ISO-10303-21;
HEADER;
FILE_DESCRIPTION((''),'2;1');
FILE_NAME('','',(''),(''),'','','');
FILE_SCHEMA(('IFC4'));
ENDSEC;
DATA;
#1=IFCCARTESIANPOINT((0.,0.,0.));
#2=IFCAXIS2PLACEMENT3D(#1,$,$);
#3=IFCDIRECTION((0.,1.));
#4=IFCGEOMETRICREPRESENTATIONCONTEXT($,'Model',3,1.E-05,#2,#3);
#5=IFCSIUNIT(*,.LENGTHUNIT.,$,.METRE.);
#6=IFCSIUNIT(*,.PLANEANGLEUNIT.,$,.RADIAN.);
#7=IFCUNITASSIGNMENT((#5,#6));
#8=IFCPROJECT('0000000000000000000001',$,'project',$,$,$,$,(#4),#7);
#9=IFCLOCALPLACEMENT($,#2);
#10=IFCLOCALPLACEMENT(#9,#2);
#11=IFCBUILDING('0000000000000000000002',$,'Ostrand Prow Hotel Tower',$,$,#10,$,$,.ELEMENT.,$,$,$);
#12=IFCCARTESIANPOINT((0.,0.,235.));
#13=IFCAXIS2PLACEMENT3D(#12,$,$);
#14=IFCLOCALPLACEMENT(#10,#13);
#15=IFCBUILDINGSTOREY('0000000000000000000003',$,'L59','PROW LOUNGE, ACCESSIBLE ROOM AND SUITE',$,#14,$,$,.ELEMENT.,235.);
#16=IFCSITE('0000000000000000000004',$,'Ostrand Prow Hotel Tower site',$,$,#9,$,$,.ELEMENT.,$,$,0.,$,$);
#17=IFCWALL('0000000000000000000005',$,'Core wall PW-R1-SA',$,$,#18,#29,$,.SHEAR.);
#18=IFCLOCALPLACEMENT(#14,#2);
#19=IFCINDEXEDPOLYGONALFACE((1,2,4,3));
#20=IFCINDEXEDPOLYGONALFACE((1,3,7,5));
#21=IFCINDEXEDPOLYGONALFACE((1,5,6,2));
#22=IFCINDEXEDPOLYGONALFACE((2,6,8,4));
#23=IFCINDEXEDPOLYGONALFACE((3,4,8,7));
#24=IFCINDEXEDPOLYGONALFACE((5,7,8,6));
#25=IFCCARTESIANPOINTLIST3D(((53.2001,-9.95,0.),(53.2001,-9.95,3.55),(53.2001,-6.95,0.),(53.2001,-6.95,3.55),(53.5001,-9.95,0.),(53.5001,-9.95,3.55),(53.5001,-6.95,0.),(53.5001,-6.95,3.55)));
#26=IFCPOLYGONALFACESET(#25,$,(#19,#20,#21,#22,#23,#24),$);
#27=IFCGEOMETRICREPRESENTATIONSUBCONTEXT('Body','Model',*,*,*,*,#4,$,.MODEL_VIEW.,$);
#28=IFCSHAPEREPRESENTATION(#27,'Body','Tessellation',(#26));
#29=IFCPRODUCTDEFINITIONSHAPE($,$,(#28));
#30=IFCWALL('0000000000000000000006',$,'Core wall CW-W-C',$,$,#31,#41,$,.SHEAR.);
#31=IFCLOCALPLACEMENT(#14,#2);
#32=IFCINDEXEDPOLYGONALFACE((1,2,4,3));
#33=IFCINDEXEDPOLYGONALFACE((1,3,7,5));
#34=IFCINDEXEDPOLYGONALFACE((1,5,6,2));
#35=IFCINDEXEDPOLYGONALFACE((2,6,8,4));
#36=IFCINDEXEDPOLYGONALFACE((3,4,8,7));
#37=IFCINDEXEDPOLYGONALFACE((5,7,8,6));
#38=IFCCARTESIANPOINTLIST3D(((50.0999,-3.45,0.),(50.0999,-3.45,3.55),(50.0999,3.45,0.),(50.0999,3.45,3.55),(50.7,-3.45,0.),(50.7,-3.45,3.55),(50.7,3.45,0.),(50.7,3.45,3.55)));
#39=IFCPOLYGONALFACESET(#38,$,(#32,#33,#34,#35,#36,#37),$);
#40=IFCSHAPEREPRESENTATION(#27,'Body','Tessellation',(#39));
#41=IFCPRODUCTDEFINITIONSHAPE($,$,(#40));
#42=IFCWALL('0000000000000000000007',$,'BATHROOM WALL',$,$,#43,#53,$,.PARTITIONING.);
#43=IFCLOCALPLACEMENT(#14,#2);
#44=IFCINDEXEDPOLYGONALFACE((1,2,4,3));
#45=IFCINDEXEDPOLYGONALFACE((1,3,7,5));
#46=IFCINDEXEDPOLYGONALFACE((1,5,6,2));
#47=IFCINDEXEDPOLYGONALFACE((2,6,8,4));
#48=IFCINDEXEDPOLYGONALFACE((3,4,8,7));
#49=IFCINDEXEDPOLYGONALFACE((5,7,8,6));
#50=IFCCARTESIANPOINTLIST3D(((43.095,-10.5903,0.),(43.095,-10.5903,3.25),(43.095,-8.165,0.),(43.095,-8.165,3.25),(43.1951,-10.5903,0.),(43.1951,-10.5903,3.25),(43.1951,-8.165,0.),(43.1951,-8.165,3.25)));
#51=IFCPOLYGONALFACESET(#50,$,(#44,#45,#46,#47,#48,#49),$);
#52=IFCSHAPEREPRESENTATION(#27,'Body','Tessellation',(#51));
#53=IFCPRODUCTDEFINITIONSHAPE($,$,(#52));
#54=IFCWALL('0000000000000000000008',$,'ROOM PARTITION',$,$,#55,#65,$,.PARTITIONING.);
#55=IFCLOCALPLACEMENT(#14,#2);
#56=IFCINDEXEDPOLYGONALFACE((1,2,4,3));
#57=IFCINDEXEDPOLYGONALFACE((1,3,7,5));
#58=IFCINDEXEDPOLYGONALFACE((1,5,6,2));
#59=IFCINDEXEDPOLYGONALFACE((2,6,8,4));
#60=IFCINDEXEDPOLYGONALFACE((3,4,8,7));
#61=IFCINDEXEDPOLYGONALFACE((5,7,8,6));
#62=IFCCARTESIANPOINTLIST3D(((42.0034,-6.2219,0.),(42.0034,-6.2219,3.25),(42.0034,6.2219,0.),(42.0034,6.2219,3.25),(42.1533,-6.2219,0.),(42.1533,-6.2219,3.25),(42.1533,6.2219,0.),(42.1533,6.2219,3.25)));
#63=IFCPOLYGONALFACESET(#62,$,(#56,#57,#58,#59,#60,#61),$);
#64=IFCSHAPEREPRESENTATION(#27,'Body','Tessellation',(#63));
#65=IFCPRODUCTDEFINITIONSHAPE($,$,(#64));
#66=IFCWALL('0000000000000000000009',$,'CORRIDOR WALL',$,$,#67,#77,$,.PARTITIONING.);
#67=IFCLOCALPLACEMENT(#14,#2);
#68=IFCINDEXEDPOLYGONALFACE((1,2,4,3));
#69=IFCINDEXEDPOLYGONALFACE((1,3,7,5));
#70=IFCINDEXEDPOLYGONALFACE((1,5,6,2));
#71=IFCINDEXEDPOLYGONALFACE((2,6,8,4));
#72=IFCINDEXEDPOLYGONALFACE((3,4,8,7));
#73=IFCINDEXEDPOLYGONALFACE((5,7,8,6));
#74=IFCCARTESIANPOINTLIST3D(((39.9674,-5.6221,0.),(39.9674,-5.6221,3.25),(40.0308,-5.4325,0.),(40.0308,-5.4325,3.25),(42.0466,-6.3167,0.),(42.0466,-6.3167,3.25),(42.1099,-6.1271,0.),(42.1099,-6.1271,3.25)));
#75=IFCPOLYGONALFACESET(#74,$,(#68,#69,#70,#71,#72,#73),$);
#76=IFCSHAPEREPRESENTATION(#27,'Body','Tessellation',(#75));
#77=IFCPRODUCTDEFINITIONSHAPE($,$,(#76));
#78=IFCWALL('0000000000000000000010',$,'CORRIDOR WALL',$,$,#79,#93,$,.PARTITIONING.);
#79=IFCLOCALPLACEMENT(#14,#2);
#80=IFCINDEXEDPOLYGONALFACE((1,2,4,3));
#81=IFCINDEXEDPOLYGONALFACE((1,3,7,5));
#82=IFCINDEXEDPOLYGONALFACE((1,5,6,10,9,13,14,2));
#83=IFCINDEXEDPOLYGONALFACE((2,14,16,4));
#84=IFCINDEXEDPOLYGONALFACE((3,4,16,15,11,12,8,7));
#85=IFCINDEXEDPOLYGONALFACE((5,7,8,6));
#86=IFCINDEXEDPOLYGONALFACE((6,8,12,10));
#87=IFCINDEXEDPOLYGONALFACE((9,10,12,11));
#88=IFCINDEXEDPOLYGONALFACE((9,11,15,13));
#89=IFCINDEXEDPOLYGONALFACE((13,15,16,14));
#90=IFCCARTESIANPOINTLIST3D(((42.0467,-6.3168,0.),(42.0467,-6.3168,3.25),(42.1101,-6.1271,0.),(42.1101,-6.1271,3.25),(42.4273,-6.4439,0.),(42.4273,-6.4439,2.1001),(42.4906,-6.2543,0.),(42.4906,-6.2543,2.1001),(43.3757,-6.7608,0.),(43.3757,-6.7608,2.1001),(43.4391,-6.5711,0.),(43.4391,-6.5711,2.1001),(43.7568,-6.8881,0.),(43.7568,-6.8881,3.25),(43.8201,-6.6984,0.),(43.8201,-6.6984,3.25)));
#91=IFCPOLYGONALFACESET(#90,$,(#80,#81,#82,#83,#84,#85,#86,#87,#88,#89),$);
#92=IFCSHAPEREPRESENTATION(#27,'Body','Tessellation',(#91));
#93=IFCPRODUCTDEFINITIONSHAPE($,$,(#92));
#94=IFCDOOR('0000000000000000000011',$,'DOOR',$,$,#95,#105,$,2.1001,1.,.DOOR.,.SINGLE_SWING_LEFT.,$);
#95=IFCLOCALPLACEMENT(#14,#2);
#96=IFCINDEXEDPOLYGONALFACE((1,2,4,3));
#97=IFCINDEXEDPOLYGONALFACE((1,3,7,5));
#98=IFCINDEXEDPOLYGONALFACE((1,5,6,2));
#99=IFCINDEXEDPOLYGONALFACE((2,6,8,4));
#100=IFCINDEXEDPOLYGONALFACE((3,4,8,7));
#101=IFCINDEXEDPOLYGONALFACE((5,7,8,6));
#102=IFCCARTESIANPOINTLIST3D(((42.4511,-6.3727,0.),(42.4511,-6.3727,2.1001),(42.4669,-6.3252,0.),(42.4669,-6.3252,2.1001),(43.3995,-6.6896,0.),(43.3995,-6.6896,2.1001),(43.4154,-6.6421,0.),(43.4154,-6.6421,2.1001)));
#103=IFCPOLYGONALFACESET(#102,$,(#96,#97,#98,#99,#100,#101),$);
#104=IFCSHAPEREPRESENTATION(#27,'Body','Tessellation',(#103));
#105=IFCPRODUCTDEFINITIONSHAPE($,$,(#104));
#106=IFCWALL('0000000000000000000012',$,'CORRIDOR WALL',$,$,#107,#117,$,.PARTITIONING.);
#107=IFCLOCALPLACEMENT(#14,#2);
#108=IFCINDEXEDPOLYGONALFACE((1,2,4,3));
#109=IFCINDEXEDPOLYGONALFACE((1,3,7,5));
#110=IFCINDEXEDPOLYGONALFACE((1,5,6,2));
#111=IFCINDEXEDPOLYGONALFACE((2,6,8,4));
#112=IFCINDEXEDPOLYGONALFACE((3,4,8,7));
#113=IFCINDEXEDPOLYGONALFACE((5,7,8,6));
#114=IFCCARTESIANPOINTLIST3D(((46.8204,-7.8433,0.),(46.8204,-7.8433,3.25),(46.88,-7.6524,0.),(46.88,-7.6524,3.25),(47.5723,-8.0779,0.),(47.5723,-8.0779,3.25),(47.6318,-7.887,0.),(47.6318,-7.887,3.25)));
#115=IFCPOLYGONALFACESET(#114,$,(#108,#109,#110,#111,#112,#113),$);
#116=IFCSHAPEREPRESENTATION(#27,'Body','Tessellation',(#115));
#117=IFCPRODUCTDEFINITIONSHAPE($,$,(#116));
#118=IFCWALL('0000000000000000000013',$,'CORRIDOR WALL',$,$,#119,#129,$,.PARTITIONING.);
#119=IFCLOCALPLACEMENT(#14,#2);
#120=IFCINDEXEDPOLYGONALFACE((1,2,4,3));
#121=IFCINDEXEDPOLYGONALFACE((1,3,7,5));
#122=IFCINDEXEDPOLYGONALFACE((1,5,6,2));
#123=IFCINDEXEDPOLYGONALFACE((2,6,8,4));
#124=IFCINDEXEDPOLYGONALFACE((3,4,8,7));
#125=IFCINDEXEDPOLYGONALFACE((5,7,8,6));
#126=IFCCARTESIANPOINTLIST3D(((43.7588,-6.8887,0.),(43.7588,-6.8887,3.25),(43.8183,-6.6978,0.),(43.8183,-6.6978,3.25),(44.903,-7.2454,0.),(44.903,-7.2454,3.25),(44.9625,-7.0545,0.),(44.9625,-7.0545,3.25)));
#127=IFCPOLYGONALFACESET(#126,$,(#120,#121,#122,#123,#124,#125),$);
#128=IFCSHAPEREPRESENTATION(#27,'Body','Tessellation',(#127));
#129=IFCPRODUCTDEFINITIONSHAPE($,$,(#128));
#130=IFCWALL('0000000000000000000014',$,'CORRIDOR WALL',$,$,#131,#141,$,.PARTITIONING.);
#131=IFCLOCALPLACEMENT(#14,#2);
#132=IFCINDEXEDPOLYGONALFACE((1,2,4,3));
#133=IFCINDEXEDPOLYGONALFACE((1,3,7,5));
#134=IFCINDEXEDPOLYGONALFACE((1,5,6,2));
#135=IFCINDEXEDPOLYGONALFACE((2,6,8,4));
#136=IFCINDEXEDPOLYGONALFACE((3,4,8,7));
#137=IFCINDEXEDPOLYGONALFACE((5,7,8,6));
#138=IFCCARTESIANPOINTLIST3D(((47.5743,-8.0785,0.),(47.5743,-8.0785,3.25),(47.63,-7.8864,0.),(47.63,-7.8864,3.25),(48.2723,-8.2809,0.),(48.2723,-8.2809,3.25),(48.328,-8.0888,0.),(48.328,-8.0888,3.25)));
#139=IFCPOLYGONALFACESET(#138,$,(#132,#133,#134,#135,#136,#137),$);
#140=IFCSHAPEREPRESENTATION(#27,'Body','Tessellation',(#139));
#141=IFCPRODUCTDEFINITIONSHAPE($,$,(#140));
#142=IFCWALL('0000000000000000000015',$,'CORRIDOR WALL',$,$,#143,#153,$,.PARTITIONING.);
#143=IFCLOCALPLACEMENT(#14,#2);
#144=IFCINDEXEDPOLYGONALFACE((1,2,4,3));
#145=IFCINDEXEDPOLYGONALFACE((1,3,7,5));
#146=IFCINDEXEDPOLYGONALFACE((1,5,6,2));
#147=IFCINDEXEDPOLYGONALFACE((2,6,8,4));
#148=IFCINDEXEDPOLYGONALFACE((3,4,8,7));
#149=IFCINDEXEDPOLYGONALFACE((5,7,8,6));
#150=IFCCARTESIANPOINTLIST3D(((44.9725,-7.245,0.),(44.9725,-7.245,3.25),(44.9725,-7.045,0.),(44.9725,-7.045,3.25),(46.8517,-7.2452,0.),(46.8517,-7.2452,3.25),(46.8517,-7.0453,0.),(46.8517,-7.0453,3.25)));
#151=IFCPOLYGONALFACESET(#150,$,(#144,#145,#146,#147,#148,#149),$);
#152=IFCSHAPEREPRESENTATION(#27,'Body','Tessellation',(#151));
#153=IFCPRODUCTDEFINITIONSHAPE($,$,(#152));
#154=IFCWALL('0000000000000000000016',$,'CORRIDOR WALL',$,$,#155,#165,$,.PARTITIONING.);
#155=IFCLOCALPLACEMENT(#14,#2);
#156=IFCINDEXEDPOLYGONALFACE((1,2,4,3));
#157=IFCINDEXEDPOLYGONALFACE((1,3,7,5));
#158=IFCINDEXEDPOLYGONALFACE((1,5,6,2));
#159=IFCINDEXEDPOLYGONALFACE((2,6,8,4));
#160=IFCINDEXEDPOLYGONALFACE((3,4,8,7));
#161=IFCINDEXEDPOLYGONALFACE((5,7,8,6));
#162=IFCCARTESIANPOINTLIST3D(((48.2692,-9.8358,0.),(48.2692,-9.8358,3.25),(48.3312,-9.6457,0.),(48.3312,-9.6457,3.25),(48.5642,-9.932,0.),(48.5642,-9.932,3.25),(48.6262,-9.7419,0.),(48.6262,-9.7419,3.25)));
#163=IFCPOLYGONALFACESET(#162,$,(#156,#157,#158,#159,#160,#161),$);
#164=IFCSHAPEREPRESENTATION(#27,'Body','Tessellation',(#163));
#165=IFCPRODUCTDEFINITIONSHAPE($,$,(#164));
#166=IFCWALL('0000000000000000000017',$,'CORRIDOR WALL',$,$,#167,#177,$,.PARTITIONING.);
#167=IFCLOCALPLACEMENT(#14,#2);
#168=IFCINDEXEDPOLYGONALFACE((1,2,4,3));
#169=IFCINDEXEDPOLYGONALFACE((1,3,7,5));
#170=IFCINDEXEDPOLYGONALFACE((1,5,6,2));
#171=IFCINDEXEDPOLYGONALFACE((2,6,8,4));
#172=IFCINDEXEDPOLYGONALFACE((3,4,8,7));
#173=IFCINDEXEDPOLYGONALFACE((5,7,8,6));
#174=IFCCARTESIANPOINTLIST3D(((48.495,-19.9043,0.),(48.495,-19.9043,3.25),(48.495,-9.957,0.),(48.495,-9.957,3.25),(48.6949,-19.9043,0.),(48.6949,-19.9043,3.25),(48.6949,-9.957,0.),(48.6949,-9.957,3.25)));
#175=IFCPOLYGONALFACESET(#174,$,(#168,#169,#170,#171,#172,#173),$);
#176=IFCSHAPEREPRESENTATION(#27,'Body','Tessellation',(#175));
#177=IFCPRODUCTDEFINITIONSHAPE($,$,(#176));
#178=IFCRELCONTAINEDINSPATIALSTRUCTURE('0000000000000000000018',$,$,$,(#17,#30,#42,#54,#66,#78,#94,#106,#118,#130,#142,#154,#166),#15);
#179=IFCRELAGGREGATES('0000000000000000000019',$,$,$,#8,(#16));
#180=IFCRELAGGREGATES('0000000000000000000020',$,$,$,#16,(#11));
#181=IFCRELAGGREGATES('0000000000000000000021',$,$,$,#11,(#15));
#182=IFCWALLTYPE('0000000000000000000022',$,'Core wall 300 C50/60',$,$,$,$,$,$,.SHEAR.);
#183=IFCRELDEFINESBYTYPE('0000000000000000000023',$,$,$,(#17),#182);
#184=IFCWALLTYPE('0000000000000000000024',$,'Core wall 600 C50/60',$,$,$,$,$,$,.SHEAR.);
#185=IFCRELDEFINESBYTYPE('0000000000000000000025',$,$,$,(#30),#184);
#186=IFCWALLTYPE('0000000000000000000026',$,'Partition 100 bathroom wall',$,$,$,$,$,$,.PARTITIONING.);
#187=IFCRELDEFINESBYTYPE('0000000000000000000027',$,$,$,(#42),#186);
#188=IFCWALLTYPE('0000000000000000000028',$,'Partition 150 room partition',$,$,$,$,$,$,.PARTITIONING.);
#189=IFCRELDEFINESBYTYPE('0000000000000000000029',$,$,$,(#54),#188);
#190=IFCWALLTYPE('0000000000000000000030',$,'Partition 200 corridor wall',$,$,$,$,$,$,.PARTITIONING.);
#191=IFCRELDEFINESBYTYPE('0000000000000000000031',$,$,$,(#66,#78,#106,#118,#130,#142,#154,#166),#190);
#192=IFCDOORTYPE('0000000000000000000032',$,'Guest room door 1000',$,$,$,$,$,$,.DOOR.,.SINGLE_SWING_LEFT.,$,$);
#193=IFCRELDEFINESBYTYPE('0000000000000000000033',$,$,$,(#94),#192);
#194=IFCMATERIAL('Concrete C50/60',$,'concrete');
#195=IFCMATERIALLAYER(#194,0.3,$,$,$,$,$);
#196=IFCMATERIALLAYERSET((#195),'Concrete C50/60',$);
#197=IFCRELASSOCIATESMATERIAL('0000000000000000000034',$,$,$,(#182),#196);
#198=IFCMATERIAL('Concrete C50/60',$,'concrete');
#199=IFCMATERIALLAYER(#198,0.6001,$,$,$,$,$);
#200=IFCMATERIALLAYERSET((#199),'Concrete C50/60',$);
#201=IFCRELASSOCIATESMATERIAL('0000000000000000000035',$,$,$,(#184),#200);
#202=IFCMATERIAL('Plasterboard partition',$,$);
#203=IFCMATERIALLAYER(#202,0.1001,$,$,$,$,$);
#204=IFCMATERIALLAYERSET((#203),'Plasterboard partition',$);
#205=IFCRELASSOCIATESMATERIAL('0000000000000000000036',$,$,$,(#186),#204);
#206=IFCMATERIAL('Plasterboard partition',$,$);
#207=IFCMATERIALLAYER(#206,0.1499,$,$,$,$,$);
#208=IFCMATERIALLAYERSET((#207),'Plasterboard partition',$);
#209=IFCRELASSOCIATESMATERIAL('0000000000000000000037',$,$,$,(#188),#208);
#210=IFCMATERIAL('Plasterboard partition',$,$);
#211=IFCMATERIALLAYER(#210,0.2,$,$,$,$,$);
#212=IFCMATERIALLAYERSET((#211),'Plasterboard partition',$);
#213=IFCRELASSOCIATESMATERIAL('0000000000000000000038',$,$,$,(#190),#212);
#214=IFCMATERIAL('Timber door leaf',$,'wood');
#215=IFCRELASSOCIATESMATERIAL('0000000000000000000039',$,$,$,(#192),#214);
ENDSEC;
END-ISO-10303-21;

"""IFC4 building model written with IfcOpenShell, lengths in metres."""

from ifc_helpers import new_model, si_unit, direction, frame, frame_2d, origin, place, context, subcontext, project, spatial, rectangle, extrude, material, layer, layer_set, type_object, element, fill, save


model = new_model("IFC4")

# Units and contexts
model_context = context("Model", 3, precision=1e-05, world=origin(), true_north=direction((0.0, 1.0)))
body_context = subcontext(model_context, "Body", "Model", "MODEL_VIEW")
ifc_project = project(units=[si_unit("LENGTHUNIT", "METRE"), si_unit("PLANEANGLEUNIT", "RADIAN")], contexts=[model_context])

# Site, building, storey
site_placement = place(None, origin())
site = spatial("IfcSite", under=ifc_project, at=site_placement, Name="Ostrand Prow Hotel Tower site", CompositionType="ELEMENT", RefElevation=0.0)
building_placement = place(site_placement, origin())
building = spatial("IfcBuilding", under=site, at=building_placement, Name="Ostrand Prow Hotel Tower", CompositionType="ELEMENT")
storey_placement = place(building_placement, frame((0.0, 0.0, 235.0)))
storey = spatial("IfcBuildingStorey", under=building, at=storey_placement, Name="L59", Description="PROW LOUNGE, ACCESSIBLE ROOM AND SUITE", CompositionType="ELEMENT", Elevation=235.0)

# Shared definitions
ifc_material_1 = material(Name="Concrete C50/60", Category="concrete")
ifc_layer_1 = layer(ifc_material_1, 0.3)
ifc_layer_set_1 = layer_set([ifc_layer_1], Name="Concrete C50/60")
wall_type_1 = type_object("IfcWallType", Name="Core wall 300 C50/60", PredefinedType="SHEAR", material=ifc_layer_set_1)

# Walls
for number, where, z_axis, x_axis, name in (
    (1, (53.3501, -9.95, 0.0), (0.0, 0.0, 1.0), (0.0, 1.0, 0.0), "Core wall PW-R1-SA"),
):
    element("IfcWall", number, at=place(storey_placement, frame(where, z_axis=z_axis, x_axis=x_axis)), inside=storey, type_object=wall_type_1, Name=name, PredefinedType="SHEAR", context=body_context, shape_type="SweptSolid", body=[
        extrude(rectangle(XDim=3.0, YDim=0.3, at=frame_2d((1.5, 0.0))), origin(), (0.0, 0.0, 1.0), 3.55),
    ])
ifc_material_2 = material(Name="Concrete C50/60", Category="concrete")
ifc_layer_2 = layer(ifc_material_2, 0.6001)
ifc_layer_set_2 = layer_set([ifc_layer_2], Name="Concrete C50/60")
wall_type_2 = type_object("IfcWallType", Name="Core wall 600 C50/60", PredefinedType="SHEAR", material=ifc_layer_set_2)
wall_1_placement = place(storey_placement, frame((50.3999, -3.45, 0.0), z_axis=(0.0, 0.0, 1.0), x_axis=(0.0, 1.0, 0.0)))
element("IfcWall", 2, at=wall_1_placement, inside=storey, type_object=wall_type_2, Name="Core wall CW-W-C", PredefinedType="SHEAR", context=body_context, shape_type="SweptSolid", body=[
    extrude(rectangle(XDim=6.8999, YDim=0.6001, at=frame_2d((3.45, 0.0))), origin(), (0.0, 0.0, 1.0), 3.55),
])
ifc_material_3 = material(Name="Plasterboard partition")
ifc_layer_3 = layer(ifc_material_3, 0.1001)
ifc_layer_set_3 = layer_set([ifc_layer_3], Name="Plasterboard partition")
wall_type_3 = type_object("IfcWallType", Name="Partition 100 bathroom wall", PredefinedType="PARTITIONING", material=ifc_layer_set_3)
wall_2_placement = place(storey_placement, frame((43.145, -8.165, 0.0), z_axis=(0.0, 0.0, 1.0), x_axis=(0.0, -1.0, 0.0)))
element("IfcWall", 3, at=wall_2_placement, inside=storey, type_object=wall_type_3, Name="BATHROOM WALL", PredefinedType="PARTITIONING", context=body_context, shape_type="SweptSolid", body=[
    extrude(rectangle(XDim=2.4253, YDim=0.1001, at=frame_2d((1.2126, 0.0))), origin(), (0.0, 0.0, 1.0), 3.25),
])
ifc_material_4 = material(Name="Plasterboard partition")
ifc_layer_4 = layer(ifc_material_4, 0.1499)
ifc_layer_set_4 = layer_set([ifc_layer_4], Name="Plasterboard partition")
wall_type_4 = type_object("IfcWallType", Name="Partition 150 room partition", PredefinedType="PARTITIONING", material=ifc_layer_set_4)
wall_3_placement = place(storey_placement, frame((42.0784, -6.2219, 0.0), z_axis=(0.0, 0.0, 1.0), x_axis=(0.0, 1.0, 0.0)))
element("IfcWall", 4, at=wall_3_placement, inside=storey, type_object=wall_type_4, Name="ROOM PARTITION", PredefinedType="PARTITIONING", context=body_context, shape_type="SweptSolid", body=[
    extrude(rectangle(XDim=12.4438, YDim=0.1499, at=frame_2d((6.2219, 0.0))), origin(), (0.0, 0.0, 1.0), 3.25),
])
ifc_material_5 = material(Name="Plasterboard partition")
ifc_layer_5 = layer(ifc_material_5, 0.2)
ifc_layer_set_5 = layer_set([ifc_layer_5], Name="Plasterboard partition")
wall_type_5 = type_object("IfcWallType", Name="Partition 200 corridor wall", PredefinedType="PARTITIONING", material=ifc_layer_set_5)
wall_4_placement = place(storey_placement, frame((42.0784, -6.2219, 0.0), z_axis=(0.0, 0.0, 1.0), x_axis=(-0.948471, 0.316863, 0.0)))
element("IfcWall", 5, at=wall_4_placement, inside=storey, type_object=wall_type_5, Name="CORRIDOR WALL", PredefinedType="PARTITIONING", context=body_context, shape_type="SweptSolid", body=[
    extrude(rectangle(XDim=2.1921, YDim=0.2, at=frame_2d((1.0962, 0.0))), origin(), (0.0, 0.0, 1.0), 3.25),
])

# Wall, opening, door
wall_5_placement = place(storey_placement, frame((43.7883, -6.7932, 0.0), z_axis=(0.0, 0.0, 1.0), x_axis=(-0.948466, 0.316878, 0.0)))
wall_5 = element("IfcWall", 6, at=wall_5_placement, inside=storey, type_object=wall_type_5, Name="CORRIDOR WALL", PredefinedType="PARTITIONING", context=body_context, shape_type="SweptSolid", body=[
    extrude(rectangle(XDim=1.803, YDim=0.2, at=frame_2d((0.9014, 0.0))), origin(), (0.0, 0.0, 1.0), 3.25),
])
opening_1_placement = place(wall_5_placement, frame((0.4016, 0.0, 0.0)))
opening_1 = element("IfcOpeningElement", 7, at=opening_1_placement, cuts=wall_5, PredefinedType="OPENING", context=body_context, shape_type="SweptSolid", body=[
    extrude(rectangle(XDim=1.0, YDim=2.1001, at=frame_2d((0.5, 1.05))), frame((0.0, 0.1099, 0.0), z_axis=(0.0, -1.0, 0.0), x_axis=(1.0, 0.0, 0.0)), (0.0, 0.0, 1.0), 0.22),
])
ifc_material_6 = material(Name="Timber door leaf", Category="wood")
door_type_1 = type_object("IfcDoorType", Name="Guest room door 1000", OperationType="SINGLE_SWING_LEFT", PredefinedType="DOOR", material=ifc_material_6)
door_1_placement = place(opening_1_placement, origin())
door_1 = element("IfcDoor", 8, at=door_1_placement, inside=storey, type_object=door_type_1, Name="DOOR", OperationType="SINGLE_SWING_LEFT", OverallHeight=2.1001, OverallWidth=1.0, PredefinedType="DOOR", context=body_context, shape_type="SweptSolid", body=[
    extrude(rectangle(XDim=1.0, YDim=2.1001, at=frame_2d((0.5, 1.05))), frame((0.0, 0.0249, 0.0), z_axis=(0.0, -1.0, 0.0), x_axis=(1.0, 0.0, 0.0)), (0.0, 0.0, 1.0), 0.05),
])
fill(opening_1, door_1)

# Walls
wall_6_placement = place(storey_placement, frame((47.6021, -7.9824, 0.0), z_axis=(0.0, 0.0, 1.0), x_axis=(-0.954612, 0.297851, 0.0)))
element("IfcWall", 9, at=wall_6_placement, inside=storey, type_object=wall_type_5, Name="CORRIDOR WALL", PredefinedType="PARTITIONING", context=body_context, shape_type="SweptSolid", body=[
    extrude(rectangle(XDim=0.7876, YDim=0.2, at=frame_2d((0.3938, 0.0))), origin(), (0.0, 0.0, 1.0), 3.25),
])
wall_7_placement = place(storey_placement, frame((44.9326, -7.1499, 0.0), z_axis=(0.0, 0.0, 1.0), x_axis=(-0.954694, 0.297591, 0.0)))
element("IfcWall", 10, at=wall_7_placement, inside=storey, type_object=wall_type_5, Name="CORRIDOR WALL", PredefinedType="PARTITIONING", context=body_context, shape_type="SweptSolid", body=[
    extrude(rectangle(XDim=1.1985, YDim=0.2, at=frame_2d((0.5991, 0.0))), origin(), (0.0, 0.0, 1.0), 3.25),
])
wall_8_placement = place(storey_placement, frame((48.3, -8.1848, 0.0), z_axis=(0.0, 0.0, 1.0), x_axis=(-0.960439, 0.27849, 0.0)))
element("IfcWall", 11, at=wall_8_placement, inside=storey, type_object=wall_type_5, Name="CORRIDOR WALL", PredefinedType="PARTITIONING", context=body_context, shape_type="SweptSolid", body=[
    extrude(rectangle(XDim=0.7268, YDim=0.2, at=frame_2d((0.3633, 0.0))), origin(), (0.0, 0.0, 1.0), 3.25),
])
wall_9_placement = place(storey_placement, frame((46.8516, -7.1453, 0.0), z_axis=(0.0, 0.0, 1.0), x_axis=(-1.0, 0.00013, 0.0)))
element("IfcWall", 12, at=wall_9_placement, inside=storey, type_object=wall_type_5, Name="CORRIDOR WALL", PredefinedType="PARTITIONING", context=body_context, shape_type="SweptSolid", body=[
    extrude(rectangle(XDim=1.8792, YDim=0.2, at=frame_2d((0.9395, 0.0))), origin(), (0.0, 0.0, 1.0), 3.25),
])
wall_10_placement = place(storey_placement, frame((48.3, -9.7407, 0.0), z_axis=(0.0, 0.0, 1.0), x_axis=(0.95071, -0.310082, 0.0)))
element("IfcWall", 13, at=wall_10_placement, inside=storey, type_object=wall_type_5, Name="CORRIDOR WALL", PredefinedType="PARTITIONING", context=body_context, shape_type="SweptSolid", body=[
    extrude(rectangle(XDim=0.3103, YDim=0.2, at=frame_2d((0.1553, 0.0))), origin(), (0.0, 0.0, 1.0), 3.25),
])
wall_11_placement = place(storey_placement, frame((48.595, -9.957, 0.0), z_axis=(0.0, 0.0, 1.0), x_axis=(0.0, -1.0, 0.0)))
element("IfcWall", 14, at=wall_11_placement, inside=storey, type_object=wall_type_5, Name="CORRIDOR WALL", PredefinedType="PARTITIONING", context=body_context, shape_type="SweptSolid", body=[
    extrude(rectangle(XDim=9.9473, YDim=0.2, at=frame_2d((4.9736, 0.0))), origin(), (0.0, 0.0, 1.0), 3.25),
])

save(model, "model.ifc")
